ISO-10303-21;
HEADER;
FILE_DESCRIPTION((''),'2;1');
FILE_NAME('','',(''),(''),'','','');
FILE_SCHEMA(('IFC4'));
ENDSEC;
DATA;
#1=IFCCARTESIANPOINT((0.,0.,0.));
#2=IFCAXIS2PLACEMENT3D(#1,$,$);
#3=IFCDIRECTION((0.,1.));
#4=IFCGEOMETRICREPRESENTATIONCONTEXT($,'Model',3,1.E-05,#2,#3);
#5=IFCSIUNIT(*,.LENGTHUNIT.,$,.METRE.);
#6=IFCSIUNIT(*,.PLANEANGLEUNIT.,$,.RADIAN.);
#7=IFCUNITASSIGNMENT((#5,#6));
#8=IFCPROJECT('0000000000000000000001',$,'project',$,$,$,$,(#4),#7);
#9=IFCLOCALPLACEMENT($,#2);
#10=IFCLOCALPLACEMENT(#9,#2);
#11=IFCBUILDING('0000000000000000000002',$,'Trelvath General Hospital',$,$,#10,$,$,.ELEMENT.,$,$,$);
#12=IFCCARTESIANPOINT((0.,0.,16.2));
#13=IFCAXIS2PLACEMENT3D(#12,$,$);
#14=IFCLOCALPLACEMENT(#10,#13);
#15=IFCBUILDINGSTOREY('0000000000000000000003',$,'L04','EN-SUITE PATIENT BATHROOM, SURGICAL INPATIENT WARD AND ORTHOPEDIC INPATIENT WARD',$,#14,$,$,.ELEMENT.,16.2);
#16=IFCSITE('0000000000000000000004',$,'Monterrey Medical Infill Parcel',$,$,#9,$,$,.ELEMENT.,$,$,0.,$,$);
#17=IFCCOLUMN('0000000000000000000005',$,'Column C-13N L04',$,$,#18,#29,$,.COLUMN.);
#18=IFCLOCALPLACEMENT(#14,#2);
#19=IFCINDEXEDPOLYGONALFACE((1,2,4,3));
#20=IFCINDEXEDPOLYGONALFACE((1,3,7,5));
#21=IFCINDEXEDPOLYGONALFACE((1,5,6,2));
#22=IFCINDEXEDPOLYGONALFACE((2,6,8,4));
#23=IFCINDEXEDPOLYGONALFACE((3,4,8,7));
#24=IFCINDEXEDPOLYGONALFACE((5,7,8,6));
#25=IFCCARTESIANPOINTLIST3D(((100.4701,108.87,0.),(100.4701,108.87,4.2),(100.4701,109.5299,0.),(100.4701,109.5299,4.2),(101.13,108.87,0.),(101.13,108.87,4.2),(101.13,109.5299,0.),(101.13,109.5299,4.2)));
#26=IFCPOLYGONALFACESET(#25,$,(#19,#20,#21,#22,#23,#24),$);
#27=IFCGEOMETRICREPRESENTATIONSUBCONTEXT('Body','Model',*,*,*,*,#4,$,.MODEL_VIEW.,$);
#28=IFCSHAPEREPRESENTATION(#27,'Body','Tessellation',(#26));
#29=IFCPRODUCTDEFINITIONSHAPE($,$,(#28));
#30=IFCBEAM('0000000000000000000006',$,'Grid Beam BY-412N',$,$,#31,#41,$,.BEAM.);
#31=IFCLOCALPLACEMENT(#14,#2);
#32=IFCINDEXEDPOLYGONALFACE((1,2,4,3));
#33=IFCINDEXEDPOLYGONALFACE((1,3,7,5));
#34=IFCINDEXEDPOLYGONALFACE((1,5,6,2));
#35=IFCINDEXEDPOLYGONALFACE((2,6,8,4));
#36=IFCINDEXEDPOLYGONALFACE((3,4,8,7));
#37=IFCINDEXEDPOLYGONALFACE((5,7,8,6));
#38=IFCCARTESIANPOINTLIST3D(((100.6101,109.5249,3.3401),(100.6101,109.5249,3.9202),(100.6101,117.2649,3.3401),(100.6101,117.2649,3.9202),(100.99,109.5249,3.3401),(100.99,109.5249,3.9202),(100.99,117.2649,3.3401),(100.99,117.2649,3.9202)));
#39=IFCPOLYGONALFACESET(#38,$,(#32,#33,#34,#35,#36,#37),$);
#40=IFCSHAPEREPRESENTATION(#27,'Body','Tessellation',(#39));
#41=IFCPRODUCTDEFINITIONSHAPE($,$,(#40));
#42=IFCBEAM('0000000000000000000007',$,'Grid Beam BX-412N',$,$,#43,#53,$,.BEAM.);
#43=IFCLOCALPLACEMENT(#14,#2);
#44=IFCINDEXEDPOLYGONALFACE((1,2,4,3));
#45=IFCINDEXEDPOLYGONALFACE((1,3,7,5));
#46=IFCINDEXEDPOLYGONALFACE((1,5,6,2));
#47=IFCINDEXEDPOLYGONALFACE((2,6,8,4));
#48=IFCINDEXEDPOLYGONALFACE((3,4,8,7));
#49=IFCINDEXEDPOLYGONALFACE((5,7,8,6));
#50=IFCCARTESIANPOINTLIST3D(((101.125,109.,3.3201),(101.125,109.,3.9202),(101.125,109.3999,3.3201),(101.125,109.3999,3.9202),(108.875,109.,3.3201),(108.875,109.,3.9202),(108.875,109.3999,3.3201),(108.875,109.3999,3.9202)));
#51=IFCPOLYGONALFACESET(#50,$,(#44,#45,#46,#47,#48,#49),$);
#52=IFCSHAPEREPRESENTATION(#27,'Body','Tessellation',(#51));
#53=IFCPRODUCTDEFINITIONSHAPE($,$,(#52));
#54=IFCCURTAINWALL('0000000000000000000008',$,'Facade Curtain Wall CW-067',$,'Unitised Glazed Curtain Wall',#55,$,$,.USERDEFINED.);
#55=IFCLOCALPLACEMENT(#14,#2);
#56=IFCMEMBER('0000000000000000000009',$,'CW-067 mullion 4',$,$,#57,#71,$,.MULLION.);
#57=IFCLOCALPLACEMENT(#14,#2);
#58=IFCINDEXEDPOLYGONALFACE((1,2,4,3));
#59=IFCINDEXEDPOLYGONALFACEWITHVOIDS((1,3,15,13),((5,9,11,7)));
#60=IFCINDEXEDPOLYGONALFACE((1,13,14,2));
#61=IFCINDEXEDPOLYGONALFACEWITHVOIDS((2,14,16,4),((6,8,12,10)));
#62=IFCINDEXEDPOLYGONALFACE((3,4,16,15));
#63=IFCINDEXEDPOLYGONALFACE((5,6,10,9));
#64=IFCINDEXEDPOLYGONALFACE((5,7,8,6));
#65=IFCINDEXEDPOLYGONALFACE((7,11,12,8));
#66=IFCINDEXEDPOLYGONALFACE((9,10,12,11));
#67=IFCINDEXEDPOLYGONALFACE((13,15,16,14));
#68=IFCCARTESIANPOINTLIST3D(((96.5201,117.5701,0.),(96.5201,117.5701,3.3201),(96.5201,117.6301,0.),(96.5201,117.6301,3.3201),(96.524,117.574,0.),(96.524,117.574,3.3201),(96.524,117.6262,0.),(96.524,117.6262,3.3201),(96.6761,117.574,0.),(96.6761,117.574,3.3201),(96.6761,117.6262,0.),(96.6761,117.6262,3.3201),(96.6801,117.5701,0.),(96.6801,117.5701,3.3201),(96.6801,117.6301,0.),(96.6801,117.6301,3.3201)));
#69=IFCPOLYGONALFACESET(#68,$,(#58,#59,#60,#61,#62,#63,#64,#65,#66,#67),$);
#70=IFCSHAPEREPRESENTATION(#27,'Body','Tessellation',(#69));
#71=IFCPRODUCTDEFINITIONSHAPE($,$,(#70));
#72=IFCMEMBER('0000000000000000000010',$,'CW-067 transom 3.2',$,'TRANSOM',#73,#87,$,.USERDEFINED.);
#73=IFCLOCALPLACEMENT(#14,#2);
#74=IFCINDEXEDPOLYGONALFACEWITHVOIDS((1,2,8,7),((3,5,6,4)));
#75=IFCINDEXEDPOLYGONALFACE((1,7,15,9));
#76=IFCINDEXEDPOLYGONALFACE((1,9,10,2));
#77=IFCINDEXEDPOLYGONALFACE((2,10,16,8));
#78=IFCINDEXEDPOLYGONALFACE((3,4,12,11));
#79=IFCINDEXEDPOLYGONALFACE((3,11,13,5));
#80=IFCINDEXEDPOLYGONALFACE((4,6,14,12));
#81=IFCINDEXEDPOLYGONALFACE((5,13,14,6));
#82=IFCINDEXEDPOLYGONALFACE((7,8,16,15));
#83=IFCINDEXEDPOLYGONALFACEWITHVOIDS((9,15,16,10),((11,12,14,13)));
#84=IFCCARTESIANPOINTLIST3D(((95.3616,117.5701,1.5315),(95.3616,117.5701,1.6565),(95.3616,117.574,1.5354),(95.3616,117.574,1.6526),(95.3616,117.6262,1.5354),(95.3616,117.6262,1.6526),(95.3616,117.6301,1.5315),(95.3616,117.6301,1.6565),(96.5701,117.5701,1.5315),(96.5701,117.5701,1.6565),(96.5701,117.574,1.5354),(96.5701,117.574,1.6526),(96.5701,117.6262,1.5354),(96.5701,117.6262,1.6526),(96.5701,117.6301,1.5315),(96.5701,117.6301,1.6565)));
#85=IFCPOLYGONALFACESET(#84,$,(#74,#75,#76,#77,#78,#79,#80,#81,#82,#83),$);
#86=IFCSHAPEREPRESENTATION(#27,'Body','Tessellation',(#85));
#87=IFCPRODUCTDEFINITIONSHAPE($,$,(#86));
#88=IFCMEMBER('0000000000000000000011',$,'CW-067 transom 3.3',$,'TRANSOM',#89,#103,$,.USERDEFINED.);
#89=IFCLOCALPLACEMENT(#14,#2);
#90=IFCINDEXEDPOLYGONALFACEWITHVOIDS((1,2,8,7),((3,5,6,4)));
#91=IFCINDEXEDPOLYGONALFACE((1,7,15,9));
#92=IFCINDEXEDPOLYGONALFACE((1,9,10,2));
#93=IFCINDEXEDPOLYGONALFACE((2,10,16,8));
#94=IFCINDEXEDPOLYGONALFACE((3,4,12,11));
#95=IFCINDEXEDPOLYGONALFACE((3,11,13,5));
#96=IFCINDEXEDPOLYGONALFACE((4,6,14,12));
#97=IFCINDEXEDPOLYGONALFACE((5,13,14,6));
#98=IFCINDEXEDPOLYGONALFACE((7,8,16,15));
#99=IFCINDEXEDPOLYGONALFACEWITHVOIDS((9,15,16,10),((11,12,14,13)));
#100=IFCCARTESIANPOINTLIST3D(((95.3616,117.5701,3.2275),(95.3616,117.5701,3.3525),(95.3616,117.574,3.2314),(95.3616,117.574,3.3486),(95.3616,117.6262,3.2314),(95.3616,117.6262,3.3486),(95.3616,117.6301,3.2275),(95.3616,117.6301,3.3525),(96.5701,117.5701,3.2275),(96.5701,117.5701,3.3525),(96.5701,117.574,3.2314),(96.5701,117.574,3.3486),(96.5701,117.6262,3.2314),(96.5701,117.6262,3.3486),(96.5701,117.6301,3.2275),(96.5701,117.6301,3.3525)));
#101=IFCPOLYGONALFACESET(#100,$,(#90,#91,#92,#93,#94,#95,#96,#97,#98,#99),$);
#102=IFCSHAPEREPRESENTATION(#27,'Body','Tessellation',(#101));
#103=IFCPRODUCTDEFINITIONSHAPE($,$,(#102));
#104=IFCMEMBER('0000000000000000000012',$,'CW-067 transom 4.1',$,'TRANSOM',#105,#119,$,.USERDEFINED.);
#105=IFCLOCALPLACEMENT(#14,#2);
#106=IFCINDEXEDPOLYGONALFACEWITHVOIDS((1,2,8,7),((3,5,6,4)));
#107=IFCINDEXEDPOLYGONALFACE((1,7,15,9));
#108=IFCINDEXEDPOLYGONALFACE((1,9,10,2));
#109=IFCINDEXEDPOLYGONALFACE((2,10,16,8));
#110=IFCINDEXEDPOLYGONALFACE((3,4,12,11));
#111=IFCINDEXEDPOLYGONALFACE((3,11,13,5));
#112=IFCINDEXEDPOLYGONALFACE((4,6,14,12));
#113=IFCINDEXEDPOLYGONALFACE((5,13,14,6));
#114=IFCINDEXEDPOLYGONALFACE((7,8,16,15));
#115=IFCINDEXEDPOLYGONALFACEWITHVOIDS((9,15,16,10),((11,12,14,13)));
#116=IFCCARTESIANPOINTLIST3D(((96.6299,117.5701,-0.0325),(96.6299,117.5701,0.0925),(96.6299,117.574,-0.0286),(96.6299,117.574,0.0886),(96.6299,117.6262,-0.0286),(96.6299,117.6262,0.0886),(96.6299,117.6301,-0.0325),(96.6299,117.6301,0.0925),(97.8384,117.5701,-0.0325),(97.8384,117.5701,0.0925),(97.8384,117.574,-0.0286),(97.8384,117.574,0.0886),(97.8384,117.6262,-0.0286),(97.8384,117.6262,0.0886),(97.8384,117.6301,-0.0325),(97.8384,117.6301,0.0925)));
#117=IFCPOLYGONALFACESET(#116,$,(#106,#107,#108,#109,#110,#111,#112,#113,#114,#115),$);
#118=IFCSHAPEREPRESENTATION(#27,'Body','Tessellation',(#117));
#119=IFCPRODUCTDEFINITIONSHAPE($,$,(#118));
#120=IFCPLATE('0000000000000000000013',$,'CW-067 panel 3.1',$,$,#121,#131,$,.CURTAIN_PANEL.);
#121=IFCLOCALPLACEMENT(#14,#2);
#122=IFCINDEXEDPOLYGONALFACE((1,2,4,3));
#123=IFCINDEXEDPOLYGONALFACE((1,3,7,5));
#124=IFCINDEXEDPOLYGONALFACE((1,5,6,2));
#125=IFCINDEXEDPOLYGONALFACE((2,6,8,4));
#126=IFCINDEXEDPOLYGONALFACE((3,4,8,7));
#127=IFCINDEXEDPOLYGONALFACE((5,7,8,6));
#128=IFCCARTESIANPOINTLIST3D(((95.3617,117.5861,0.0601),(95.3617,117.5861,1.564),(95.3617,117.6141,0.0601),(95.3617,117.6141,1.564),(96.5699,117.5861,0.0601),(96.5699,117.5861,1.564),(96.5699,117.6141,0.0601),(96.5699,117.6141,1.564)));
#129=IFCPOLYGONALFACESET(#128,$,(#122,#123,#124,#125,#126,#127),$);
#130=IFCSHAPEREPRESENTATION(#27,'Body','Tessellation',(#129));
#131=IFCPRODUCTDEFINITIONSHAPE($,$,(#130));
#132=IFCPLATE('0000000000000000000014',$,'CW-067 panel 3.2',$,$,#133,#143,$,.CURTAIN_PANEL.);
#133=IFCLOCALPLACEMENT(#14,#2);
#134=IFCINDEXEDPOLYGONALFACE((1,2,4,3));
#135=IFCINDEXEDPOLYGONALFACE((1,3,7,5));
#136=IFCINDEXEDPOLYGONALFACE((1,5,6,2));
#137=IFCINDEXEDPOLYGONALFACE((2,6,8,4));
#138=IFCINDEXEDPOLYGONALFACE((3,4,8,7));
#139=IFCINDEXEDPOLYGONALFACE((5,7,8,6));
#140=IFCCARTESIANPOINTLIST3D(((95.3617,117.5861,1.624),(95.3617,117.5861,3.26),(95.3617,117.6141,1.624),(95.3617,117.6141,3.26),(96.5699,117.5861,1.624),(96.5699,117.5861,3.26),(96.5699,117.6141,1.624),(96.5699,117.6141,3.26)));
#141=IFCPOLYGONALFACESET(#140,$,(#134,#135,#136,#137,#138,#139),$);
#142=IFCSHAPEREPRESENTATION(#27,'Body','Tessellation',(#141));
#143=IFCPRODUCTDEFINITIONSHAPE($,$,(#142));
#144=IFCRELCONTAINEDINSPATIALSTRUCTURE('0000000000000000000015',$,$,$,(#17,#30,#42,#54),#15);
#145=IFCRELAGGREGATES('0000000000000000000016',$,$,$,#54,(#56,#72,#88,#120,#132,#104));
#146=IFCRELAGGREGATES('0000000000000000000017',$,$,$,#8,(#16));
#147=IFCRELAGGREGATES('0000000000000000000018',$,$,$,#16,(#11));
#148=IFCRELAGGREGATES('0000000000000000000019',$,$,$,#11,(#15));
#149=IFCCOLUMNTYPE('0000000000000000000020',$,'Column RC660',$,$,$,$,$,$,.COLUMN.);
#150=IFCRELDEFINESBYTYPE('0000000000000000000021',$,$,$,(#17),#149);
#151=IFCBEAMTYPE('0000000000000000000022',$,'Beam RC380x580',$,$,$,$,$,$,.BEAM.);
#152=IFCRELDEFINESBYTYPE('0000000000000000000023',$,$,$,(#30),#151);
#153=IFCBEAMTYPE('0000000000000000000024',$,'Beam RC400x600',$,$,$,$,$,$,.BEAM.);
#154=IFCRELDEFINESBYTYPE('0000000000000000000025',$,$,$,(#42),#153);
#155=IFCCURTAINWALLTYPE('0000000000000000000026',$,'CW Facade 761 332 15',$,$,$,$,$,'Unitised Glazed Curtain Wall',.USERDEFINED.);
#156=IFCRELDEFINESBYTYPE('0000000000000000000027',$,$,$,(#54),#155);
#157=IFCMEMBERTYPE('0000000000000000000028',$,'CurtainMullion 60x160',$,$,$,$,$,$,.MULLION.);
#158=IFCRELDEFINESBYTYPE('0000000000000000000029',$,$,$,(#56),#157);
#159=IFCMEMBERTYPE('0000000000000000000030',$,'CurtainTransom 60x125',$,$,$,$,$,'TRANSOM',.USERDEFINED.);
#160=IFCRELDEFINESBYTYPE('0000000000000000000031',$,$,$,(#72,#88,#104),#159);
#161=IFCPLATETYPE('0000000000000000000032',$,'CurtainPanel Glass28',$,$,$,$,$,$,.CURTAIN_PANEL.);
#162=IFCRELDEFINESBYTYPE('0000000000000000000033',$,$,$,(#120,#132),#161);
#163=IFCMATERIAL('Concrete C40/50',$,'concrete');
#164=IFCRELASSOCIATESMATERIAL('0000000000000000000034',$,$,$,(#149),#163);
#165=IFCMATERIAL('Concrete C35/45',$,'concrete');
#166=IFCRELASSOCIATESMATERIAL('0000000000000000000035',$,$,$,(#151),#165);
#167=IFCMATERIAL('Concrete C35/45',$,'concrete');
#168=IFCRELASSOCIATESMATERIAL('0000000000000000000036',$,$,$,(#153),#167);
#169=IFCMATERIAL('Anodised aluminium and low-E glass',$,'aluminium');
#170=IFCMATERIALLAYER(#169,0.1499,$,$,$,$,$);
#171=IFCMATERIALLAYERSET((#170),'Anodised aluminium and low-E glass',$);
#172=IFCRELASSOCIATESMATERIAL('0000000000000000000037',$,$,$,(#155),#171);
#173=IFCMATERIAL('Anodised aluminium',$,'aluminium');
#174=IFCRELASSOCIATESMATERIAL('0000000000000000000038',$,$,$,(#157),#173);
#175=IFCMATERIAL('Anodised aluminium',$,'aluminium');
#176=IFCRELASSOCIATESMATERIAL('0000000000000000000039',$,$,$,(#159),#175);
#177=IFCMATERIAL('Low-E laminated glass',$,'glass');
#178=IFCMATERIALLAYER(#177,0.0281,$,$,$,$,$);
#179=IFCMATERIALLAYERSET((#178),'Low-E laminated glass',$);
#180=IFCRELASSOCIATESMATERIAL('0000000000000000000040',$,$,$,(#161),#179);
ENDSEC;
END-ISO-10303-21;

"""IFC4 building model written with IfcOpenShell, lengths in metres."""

from ifc_helpers import new_model, si_unit, direction, frame, origin, origin_2d, place, context, subcontext, project, spatial, rectangle, hollow_rectangle, extrude, material, layer, layer_set, material_profile, profile_set, type_object, element, aggregate, save


model = new_model("IFC4")

# Units and contexts
model_context = context("Model", 3, precision=1e-05, world=origin(), true_north=direction((0.0, 1.0)))
body_context = subcontext(model_context, "Body", "Model", "MODEL_VIEW")
ifc_project = project(units=[si_unit("LENGTHUNIT", "METRE"), si_unit("PLANEANGLEUNIT", "RADIAN")], contexts=[model_context])

# Site, building, storey
site_placement = place(None, origin())
site = spatial("IfcSite", under=ifc_project, at=site_placement, Name="Monterrey Medical Infill Parcel", CompositionType="ELEMENT", RefElevation=0.0)
building_placement = place(site_placement, origin())
building = spatial("IfcBuilding", under=site, at=building_placement, Name="Trelvath General Hospital", CompositionType="ELEMENT")
storey_placement = place(building_placement, frame((0.0, 0.0, 16.2)))
storey = spatial("IfcBuildingStorey", under=building, at=storey_placement, Name="L04", Description="EN-SUITE PATIENT BATHROOM, SURGICAL INPATIENT WARD AND ORTHOPEDIC INPATIENT WARD", CompositionType="ELEMENT", Elevation=16.2)

# Column
ifc_material_1 = material(Name="Concrete C40/50", Category="concrete")
ifc_material_profile_1 = material_profile(ifc_material_1, rectangle(XDim=0.6599, YDim=0.6599, at=origin_2d()), Name="RC660x660")
ifc_profile_set_1 = profile_set([ifc_material_profile_1], Name="Concrete C40/50")
column_type = type_object("IfcColumnType", Name="Column RC660", PredefinedType="COLUMN", material=ifc_profile_set_1)
column_placement = place(storey_placement, frame((100.8, 109.2, 0.0), z_axis=(0.0, 0.0, 1.0), x_axis=(1.0, 0.0, 0.0)))
element("IfcColumn", 1, at=column_placement, inside=storey, type_object=column_type, Name="Column C-13N L04", PredefinedType="COLUMN", context=body_context, shape_type="SweptSolid", body=[
    extrude(rectangle(XDim=0.6599, YDim=0.6599, at=origin_2d()), origin(), (0.0, 0.0, 1.0), 4.2),
])

# Beams
ifc_material_2 = material(Name="Concrete C35/45", Category="concrete")
ifc_material_profile_2 = material_profile(ifc_material_2, rectangle(XDim=0.3799, YDim=0.5801, at=origin_2d()), Name="RCB380x580")
ifc_profile_set_2 = profile_set([ifc_material_profile_2], Name="Concrete C35/45")
beam_type_1 = type_object("IfcBeamType", Name="Beam RC380x580", PredefinedType="BEAM", material=ifc_profile_set_2)
beam_1_placement = place(storey_placement, frame((100.8, 109.5249, 3.6301), z_axis=(0.0, 1.0, 0.0), x_axis=(-1.0, 0.0, 0.0)))
element("IfcBeam", 2, at=beam_1_placement, inside=storey, type_object=beam_type_1, Name="Grid Beam BY-412N", PredefinedType="BEAM", context=body_context, shape_type="SweptSolid", body=[
    extrude(rectangle(XDim=0.3799, YDim=0.5801, at=origin_2d()), origin(), (0.0, 0.0, 1.0), 7.74),
])
ifc_material_3 = material(Name="Concrete C35/45", Category="concrete")
ifc_material_profile_3 = material_profile(ifc_material_3, rectangle(XDim=0.3999, YDim=0.6001, at=origin_2d()), Name="RCB400x600")
ifc_profile_set_3 = profile_set([ifc_material_profile_3], Name="Concrete C35/45")
beam_type_2 = type_object("IfcBeamType", Name="Beam RC400x600", PredefinedType="BEAM", material=ifc_profile_set_3)
beam_2_placement = place(storey_placement, frame((101.125, 109.2, 3.6201), z_axis=(1.0, 0.0, 0.0), x_axis=(0.0, 1.0, 0.0)))
element("IfcBeam", 3, at=beam_2_placement, inside=storey, type_object=beam_type_2, Name="Grid Beam BX-412N", PredefinedType="BEAM", context=body_context, shape_type="SweptSolid", body=[
    extrude(rectangle(XDim=0.3999, YDim=0.6001, at=origin_2d()), origin(), (0.0, 0.0, 1.0), 7.75),
])

# Curtain wall, members, plates
ifc_material_4 = material(Name="Anodised aluminium and low-E glass", Category="aluminium")
ifc_layer_1 = layer(ifc_material_4, 0.1499)
ifc_layer_set_1 = layer_set([ifc_layer_1], Name="Anodised aluminium and low-E glass")
curtain_wall_type = type_object("IfcCurtainWallType", Name="CW Facade 761 332 15", ElementType="Unitised Glazed Curtain Wall", PredefinedType="USERDEFINED", material=ifc_layer_set_1)
curtain_wall_placement = place(storey_placement, origin())
curtain_wall = element("IfcCurtainWall", 4, at=curtain_wall_placement, inside=storey, type_object=curtain_wall_type, Name="Facade Curtain Wall CW-067", ObjectType="Unitised Glazed Curtain Wall", PredefinedType="USERDEFINED")
ifc_material_5 = material(Name="Anodised aluminium", Category="aluminium")
ifc_material_profile_4 = material_profile(ifc_material_5, hollow_rectangle(XDim=0.0601, YDim=0.1599, WallThickness=0.0039, at=origin_2d()), Name="RHS60x160x4")
ifc_profile_set_4 = profile_set([ifc_material_profile_4], Name="Anodised aluminium")
member_type_1 = type_object("IfcMemberType", Name="CurtainMullion 60x160", PredefinedType="MULLION", material=ifc_profile_set_4)
member_1_placement = place(storey_placement, frame((96.6001, 117.6001, 0.0), z_axis=(0.0, 0.0, 1.0), x_axis=(0.0, 1.0, 0.0)))
member_1 = element("IfcMember", 5, at=member_1_placement, type_object=member_type_1, Name="CW-067 mullion 4", PredefinedType="MULLION", context=body_context, shape_type="SweptSolid", body=[
    extrude(hollow_rectangle(XDim=0.0601, YDim=0.1599, WallThickness=0.0039, at=origin_2d()), origin(), (0.0, 0.0, 1.0), 3.3201),
])
ifc_material_6 = material(Name="Anodised aluminium", Category="aluminium")
ifc_material_profile_5 = material_profile(ifc_material_6, hollow_rectangle(XDim=0.0601, YDim=0.125, WallThickness=0.0039, at=origin_2d()), Name="RHS60x125x4")
ifc_profile_set_5 = profile_set([ifc_material_profile_5], Name="Anodised aluminium")
member_type_2 = type_object("IfcMemberType", Name="CurtainTransom 60x125", ElementType="TRANSOM", PredefinedType="USERDEFINED", material=ifc_profile_set_5)
member_2_placement = place(storey_placement, frame((95.3616, 117.6001, 1.594), z_axis=(1.0, 0.0, 0.0), x_axis=(0.0, 1.0, 0.0)))
member_2 = element("IfcMember", 6, at=member_2_placement, type_object=member_type_2, Name="CW-067 transom 3.2", ObjectType="TRANSOM", PredefinedType="USERDEFINED", context=body_context, shape_type="SweptSolid", body=[
    extrude(hollow_rectangle(XDim=0.0601, YDim=0.125, WallThickness=0.0039, at=origin_2d()), origin(), (0.0, 0.0, 1.0), 1.2085),
])
member_3_placement = place(storey_placement, frame((95.3616, 117.6001, 3.29), z_axis=(1.0, 0.0, 0.0), x_axis=(0.0, 1.0, 0.0)))
member_3 = element("IfcMember", 7, at=member_3_placement, type_object=member_type_2, Name="CW-067 transom 3.3", ObjectType="TRANSOM", PredefinedType="USERDEFINED", context=body_context, shape_type="SweptSolid", body=[
    extrude(hollow_rectangle(XDim=0.0601, YDim=0.125, WallThickness=0.0039, at=origin_2d()), origin(), (0.0, 0.0, 1.0), 1.2085),
])
member_4_placement = place(storey_placement, frame((96.6299, 117.6001, 0.03), z_axis=(1.0, 0.0, 0.0), x_axis=(0.0, 1.0, 0.0)))
member_4 = element("IfcMember", 8, at=member_4_placement, type_object=member_type_2, Name="CW-067 transom 4.1", ObjectType="TRANSOM", PredefinedType="USERDEFINED", context=body_context, shape_type="SweptSolid", body=[
    extrude(hollow_rectangle(XDim=0.0601, YDim=0.125, WallThickness=0.0039, at=origin_2d()), origin(), (0.0, 0.0, 1.0), 1.2085),
])
ifc_material_7 = material(Name="Low-E laminated glass", Category="glass")
ifc_layer_2 = layer(ifc_material_7, 0.0281)
ifc_layer_set_2 = layer_set([ifc_layer_2], Name="Low-E laminated glass")
plate_type = type_object("IfcPlateType", Name="CurtainPanel Glass28", PredefinedType="CURTAIN_PANEL", material=ifc_layer_set_2)
plate_1_placement = place(storey_placement, frame((95.9658, 117.6001, 0.0601), z_axis=(0.0, 0.0, 1.0), x_axis=(1.0, 0.0, 0.0)))
plate_1 = element("IfcPlate", 9, at=plate_1_placement, type_object=plate_type, Name="CW-067 panel 3.1", PredefinedType="CURTAIN_PANEL", context=body_context, shape_type="SweptSolid", body=[
    extrude(rectangle(XDim=1.2083, YDim=0.0281, at=origin_2d()), origin(), (0.0, 0.0, 1.0), 1.5039),
])
plate_2_placement = place(storey_placement, frame((95.9658, 117.6001, 1.624), z_axis=(0.0, 0.0, 1.0), x_axis=(1.0, 0.0, 0.0)))
plate_2 = element("IfcPlate", 10, at=plate_2_placement, type_object=plate_type, Name="CW-067 panel 3.2", PredefinedType="CURTAIN_PANEL", context=body_context, shape_type="SweptSolid", body=[
    extrude(rectangle(XDim=1.2083, YDim=0.0281, at=origin_2d()), origin(), (0.0, 0.0, 1.0), 1.636),
])
aggregate(curtain_wall, [member_1, member_2, member_3, plate_1, plate_2, member_4])

save(model, "model.ifc")
